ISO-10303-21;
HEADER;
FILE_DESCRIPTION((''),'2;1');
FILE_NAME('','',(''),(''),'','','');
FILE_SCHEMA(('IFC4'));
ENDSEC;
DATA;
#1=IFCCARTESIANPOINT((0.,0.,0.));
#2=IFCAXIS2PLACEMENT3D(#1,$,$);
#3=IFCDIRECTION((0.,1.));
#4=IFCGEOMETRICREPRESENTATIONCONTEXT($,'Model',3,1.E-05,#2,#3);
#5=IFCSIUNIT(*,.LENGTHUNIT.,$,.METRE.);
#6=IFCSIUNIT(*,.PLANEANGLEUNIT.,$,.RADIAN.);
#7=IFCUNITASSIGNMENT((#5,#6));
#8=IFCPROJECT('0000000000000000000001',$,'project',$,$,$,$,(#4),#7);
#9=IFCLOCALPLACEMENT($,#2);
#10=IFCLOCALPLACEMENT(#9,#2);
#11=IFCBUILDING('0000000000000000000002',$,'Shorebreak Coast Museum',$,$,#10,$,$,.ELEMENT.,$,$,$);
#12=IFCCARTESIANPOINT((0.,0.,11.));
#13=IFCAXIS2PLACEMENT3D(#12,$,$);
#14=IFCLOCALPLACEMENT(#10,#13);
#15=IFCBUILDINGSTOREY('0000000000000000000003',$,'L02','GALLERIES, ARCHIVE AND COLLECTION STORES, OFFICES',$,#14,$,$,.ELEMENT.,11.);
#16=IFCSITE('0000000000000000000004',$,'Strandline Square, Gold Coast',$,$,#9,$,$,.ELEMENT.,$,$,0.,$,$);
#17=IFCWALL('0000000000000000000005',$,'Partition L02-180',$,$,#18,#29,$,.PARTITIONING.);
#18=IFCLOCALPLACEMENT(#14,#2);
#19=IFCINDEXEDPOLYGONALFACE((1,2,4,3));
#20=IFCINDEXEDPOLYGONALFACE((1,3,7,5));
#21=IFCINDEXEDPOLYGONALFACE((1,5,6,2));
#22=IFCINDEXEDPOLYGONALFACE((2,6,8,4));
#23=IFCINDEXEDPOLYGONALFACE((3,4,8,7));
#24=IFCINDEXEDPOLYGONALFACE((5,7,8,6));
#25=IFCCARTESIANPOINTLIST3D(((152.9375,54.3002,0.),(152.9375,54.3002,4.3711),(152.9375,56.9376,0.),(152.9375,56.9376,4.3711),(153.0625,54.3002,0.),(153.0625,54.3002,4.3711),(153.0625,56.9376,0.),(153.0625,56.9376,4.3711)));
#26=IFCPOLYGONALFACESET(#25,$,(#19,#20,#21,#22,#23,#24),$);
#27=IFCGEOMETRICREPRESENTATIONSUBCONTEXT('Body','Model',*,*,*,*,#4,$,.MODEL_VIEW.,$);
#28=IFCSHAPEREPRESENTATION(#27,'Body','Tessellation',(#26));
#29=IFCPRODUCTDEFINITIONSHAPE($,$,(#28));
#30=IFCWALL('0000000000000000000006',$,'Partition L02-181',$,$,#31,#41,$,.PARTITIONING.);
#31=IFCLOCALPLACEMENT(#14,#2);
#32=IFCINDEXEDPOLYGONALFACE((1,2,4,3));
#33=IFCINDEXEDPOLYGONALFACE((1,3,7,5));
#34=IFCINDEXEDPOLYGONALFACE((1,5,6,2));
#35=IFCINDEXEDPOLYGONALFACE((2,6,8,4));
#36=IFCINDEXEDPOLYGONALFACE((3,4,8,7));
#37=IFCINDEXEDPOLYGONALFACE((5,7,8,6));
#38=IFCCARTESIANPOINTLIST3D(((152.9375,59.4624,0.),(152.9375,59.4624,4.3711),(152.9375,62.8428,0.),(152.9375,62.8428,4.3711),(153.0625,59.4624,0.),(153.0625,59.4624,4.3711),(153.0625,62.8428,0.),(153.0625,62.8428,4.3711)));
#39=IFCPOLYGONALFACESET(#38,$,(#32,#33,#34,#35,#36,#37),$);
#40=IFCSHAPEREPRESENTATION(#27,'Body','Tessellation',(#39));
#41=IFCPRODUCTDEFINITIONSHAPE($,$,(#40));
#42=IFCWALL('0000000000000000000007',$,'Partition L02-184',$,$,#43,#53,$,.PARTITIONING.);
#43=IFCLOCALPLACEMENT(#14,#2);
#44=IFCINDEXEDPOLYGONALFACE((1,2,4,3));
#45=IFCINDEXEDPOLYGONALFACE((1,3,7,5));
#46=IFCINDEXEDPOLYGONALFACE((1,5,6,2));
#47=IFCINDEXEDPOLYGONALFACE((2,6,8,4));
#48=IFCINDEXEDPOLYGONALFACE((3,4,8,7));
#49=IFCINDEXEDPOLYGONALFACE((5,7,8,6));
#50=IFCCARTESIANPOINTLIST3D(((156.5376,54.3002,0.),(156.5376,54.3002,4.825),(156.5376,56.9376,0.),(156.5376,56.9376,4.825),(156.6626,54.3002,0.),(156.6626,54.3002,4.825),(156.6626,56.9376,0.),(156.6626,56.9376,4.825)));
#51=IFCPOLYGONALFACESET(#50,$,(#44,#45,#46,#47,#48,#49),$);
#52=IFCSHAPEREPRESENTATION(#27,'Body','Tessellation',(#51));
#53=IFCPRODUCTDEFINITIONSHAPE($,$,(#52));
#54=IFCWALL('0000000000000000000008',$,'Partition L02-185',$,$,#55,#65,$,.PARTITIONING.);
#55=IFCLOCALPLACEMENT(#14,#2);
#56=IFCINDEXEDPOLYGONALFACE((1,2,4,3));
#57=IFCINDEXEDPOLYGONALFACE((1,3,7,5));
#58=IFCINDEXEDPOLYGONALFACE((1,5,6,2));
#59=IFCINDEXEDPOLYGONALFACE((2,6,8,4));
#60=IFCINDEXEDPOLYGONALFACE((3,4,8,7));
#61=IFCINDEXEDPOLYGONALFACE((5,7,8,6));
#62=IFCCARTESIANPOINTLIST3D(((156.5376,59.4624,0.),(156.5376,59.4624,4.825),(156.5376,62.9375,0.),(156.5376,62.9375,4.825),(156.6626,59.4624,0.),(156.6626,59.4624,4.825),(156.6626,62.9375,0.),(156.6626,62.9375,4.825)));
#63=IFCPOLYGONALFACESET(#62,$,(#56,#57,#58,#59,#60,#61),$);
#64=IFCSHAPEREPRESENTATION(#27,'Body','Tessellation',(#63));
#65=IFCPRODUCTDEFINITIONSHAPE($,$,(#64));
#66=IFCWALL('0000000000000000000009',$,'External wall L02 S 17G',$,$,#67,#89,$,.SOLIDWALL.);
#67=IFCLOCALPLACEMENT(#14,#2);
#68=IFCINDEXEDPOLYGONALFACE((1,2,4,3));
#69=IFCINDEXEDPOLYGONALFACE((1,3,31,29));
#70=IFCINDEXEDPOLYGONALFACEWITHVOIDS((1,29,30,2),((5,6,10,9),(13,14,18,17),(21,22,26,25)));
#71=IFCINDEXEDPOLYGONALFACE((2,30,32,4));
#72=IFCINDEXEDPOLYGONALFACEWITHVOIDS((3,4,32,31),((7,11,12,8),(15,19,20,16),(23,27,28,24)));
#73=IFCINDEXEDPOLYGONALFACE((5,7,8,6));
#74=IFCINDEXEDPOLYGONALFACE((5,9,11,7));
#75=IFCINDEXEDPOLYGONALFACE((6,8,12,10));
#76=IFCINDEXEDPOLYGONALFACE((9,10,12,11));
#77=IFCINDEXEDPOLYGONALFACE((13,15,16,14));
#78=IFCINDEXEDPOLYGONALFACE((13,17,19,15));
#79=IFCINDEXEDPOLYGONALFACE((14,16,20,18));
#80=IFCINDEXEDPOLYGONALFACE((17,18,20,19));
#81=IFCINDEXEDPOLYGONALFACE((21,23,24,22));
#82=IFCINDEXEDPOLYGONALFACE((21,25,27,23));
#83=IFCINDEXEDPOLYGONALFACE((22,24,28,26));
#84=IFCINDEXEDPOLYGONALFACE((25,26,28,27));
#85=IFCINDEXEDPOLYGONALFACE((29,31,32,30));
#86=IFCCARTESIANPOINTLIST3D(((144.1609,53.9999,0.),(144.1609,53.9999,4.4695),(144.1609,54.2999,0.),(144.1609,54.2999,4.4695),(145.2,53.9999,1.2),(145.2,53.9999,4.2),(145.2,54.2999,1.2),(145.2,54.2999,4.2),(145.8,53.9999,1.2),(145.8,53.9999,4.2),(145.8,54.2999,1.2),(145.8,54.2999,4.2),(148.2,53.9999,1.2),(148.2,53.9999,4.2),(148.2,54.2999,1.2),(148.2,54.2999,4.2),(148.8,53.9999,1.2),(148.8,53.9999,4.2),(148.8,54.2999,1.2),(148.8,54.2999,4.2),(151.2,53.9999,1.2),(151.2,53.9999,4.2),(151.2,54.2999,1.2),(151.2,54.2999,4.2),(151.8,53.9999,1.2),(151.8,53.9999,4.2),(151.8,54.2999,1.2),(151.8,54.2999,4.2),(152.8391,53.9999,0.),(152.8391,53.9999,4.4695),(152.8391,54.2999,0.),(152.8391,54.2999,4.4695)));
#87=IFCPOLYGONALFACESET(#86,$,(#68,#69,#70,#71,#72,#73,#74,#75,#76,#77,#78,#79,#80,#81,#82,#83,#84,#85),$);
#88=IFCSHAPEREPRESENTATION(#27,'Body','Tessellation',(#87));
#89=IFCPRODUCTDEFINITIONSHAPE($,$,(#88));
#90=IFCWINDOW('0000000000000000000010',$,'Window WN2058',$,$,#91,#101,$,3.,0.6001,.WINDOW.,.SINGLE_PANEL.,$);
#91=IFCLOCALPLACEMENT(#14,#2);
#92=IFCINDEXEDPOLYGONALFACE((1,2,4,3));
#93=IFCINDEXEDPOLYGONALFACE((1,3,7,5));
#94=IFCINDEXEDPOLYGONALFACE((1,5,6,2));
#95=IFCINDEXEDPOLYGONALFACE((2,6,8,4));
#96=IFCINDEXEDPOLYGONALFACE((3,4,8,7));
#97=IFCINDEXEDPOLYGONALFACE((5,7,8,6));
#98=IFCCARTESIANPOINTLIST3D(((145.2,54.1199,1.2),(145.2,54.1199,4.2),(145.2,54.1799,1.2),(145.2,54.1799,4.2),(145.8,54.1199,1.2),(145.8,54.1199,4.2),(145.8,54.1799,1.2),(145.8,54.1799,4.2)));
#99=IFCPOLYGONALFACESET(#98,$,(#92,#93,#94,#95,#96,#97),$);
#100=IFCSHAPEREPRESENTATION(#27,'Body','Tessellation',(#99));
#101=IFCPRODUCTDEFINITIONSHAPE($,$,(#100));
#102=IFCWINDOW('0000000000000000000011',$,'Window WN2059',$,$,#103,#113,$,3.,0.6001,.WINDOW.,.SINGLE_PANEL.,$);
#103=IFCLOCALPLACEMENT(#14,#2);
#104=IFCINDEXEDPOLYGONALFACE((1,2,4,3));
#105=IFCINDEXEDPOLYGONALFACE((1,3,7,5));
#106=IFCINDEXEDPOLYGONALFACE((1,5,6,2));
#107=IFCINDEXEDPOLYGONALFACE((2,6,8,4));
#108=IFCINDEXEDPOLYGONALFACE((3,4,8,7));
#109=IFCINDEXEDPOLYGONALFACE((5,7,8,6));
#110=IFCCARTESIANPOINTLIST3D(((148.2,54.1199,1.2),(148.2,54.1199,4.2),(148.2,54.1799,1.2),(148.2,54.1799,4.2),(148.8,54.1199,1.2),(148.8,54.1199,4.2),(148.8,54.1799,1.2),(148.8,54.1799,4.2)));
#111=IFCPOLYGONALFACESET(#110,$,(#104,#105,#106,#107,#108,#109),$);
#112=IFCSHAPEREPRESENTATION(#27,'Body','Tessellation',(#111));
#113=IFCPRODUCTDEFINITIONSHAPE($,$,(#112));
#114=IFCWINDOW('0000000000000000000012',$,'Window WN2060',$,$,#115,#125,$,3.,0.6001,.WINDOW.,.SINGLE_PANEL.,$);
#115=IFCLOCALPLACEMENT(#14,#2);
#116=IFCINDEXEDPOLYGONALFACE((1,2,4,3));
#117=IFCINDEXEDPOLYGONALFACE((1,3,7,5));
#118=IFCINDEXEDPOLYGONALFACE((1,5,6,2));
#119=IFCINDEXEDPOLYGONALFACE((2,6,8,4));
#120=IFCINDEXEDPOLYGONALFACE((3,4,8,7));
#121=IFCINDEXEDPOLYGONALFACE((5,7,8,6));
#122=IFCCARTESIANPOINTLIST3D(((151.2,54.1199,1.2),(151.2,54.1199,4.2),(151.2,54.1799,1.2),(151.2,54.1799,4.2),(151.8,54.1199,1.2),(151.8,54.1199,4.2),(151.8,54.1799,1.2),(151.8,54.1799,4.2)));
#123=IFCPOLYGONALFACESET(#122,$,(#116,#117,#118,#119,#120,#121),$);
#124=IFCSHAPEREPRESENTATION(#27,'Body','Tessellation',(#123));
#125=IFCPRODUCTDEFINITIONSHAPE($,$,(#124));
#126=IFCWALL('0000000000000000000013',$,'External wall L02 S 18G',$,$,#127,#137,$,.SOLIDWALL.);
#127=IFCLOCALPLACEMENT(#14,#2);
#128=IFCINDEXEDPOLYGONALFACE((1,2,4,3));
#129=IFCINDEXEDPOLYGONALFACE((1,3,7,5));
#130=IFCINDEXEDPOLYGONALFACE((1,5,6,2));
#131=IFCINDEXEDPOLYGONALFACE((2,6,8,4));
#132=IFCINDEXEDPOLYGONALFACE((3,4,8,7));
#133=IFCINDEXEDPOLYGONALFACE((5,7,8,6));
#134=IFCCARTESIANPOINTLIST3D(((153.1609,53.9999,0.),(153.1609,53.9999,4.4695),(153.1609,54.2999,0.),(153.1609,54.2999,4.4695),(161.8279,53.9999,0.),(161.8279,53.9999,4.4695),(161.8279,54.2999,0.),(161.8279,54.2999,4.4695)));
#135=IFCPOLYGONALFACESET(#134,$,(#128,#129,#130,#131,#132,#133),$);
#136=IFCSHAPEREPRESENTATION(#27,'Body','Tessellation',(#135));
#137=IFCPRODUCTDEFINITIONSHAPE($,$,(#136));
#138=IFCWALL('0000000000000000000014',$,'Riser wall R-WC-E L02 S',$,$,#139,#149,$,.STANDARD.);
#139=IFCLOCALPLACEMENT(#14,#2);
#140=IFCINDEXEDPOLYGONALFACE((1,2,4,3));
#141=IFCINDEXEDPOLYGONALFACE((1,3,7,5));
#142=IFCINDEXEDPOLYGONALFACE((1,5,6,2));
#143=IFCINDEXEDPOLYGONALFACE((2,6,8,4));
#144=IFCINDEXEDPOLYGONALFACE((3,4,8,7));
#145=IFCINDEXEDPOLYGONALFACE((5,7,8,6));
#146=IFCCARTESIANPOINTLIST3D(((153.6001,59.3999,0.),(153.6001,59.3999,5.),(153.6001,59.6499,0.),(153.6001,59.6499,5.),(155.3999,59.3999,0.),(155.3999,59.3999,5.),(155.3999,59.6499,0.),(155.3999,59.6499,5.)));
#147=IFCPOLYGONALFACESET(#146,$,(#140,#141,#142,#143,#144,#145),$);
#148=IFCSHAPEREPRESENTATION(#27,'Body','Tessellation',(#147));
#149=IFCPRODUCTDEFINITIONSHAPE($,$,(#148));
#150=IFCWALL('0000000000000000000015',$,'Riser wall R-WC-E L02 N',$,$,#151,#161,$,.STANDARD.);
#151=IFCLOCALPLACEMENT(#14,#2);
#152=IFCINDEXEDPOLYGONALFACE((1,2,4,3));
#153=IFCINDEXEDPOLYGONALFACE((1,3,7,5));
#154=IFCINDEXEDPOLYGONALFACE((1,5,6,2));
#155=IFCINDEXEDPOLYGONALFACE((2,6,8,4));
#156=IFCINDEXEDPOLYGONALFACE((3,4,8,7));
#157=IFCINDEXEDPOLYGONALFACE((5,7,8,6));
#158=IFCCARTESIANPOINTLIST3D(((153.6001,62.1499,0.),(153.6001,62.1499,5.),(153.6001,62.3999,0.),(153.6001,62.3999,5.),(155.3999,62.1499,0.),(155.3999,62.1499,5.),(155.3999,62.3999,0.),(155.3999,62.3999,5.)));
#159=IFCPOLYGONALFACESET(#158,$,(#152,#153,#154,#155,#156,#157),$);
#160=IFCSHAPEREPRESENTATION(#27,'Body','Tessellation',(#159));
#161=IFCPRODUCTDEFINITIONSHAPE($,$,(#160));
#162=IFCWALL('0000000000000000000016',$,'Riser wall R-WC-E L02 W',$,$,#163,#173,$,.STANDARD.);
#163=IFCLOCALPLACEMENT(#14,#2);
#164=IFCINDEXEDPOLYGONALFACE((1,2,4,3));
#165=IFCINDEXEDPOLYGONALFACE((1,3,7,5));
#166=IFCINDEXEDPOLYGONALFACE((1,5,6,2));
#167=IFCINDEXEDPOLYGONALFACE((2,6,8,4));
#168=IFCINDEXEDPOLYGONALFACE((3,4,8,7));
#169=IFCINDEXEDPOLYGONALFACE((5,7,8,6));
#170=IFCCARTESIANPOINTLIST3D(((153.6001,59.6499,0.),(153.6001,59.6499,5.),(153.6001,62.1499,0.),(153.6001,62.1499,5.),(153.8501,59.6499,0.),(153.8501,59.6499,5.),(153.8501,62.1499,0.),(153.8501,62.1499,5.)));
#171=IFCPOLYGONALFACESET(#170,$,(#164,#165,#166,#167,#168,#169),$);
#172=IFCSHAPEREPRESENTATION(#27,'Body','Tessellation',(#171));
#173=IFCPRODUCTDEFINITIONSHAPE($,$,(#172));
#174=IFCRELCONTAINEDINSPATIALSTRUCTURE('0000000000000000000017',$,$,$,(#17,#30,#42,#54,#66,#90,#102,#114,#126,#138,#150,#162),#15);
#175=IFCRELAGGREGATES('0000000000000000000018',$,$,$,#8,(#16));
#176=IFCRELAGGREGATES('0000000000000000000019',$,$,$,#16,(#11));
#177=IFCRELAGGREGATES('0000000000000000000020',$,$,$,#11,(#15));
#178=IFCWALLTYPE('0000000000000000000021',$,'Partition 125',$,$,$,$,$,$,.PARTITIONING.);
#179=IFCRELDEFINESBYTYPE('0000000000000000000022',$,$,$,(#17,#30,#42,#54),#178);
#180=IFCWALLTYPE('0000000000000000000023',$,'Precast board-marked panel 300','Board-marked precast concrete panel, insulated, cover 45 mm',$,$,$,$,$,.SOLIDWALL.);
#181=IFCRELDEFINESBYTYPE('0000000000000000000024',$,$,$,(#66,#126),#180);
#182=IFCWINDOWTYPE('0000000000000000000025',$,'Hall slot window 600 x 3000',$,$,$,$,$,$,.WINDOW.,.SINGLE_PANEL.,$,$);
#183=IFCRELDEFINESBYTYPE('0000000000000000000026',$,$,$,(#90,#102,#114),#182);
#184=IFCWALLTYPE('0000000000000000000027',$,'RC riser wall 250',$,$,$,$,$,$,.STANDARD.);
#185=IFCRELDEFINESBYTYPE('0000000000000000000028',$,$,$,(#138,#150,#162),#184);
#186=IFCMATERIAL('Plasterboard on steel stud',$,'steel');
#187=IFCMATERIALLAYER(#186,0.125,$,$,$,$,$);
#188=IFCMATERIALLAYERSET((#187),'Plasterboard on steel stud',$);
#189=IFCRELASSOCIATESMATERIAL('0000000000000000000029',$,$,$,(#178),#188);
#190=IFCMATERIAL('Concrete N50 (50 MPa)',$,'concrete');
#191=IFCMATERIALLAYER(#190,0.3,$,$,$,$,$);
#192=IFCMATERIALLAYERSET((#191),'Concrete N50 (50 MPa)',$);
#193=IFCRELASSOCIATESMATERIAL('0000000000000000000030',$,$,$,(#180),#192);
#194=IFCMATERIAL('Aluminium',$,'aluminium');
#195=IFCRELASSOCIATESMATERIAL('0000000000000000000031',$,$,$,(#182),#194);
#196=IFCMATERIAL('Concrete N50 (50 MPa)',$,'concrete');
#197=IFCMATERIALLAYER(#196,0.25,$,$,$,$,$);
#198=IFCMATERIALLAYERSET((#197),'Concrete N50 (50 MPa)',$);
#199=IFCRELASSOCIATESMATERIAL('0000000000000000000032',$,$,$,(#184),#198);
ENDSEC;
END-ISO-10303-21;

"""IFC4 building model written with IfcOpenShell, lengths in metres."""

from ifc_helpers import new_model, si_unit, direction, frame, frame_2d, origin, place, context, subcontext, project, spatial, rectangle, extrude, material, layer, layer_set, type_object, element, fill, save


model = new_model("IFC4")

# Units and contexts
model_context = context("Model", 3, precision=1e-05, world=origin(), true_north=direction((0.0, 1.0)))
body_context = subcontext(model_context, "Body", "Model", "MODEL_VIEW")
ifc_project = project(units=[si_unit("LENGTHUNIT", "METRE"), si_unit("PLANEANGLEUNIT", "RADIAN")], contexts=[model_context])

# Site, building, storey
site_placement = place(None, origin())
site = spatial("IfcSite", under=ifc_project, at=site_placement, Name="Strandline Square, Gold Coast", CompositionType="ELEMENT", RefElevation=0.0)
building_placement = place(site_placement, origin())
building = spatial("IfcBuilding", under=site, at=building_placement, Name="Shorebreak Coast Museum", CompositionType="ELEMENT")
storey_placement = place(building_placement, frame((0.0, 0.0, 11.0)))
storey = spatial("IfcBuildingStorey", under=building, at=storey_placement, Name="L02", Description="GALLERIES, ARCHIVE AND COLLECTION STORES, OFFICES", CompositionType="ELEMENT", Elevation=11.0)

# Shared definitions
ifc_material_1 = material(Name="Plasterboard on steel stud", Category="steel")
ifc_layer_1 = layer(ifc_material_1, 0.125)
ifc_layer_set_1 = layer_set([ifc_layer_1], Name="Plasterboard on steel stud")
wall_type_1 = type_object("IfcWallType", Name="Partition 125", PredefinedType="PARTITIONING", material=ifc_layer_set_1)

# Walls
wall_1_placement = place(storey_placement, frame((153.0, 54.3, 0.0), z_axis=(0.0, 0.0, 1.0), x_axis=(0.0, 1.0, 0.0)))
element("IfcWall", 1, at=wall_1_placement, inside=storey, type_object=wall_type_1, Name="Partition L02-180", PredefinedType="PARTITIONING", context=body_context, shape_type="SweptSolid", body=[
    extrude(rectangle(XDim=2.6375, YDim=0.125, at=frame_2d((1.3188, 0.0))), origin(), (0.0, 0.0, 1.0), 4.3711),
])
wall_2_placement = place(storey_placement, frame((153.0, 59.4624, 0.0), z_axis=(0.0, 0.0, 1.0), x_axis=(0.0, 1.0, 0.0)))
element("IfcWall", 2, at=wall_2_placement, inside=storey, type_object=wall_type_1, Name="Partition L02-181", PredefinedType="PARTITIONING", context=body_context, shape_type="SweptSolid", body=[
    extrude(rectangle(XDim=3.3804, YDim=0.125, at=frame_2d((1.6902, 0.0))), origin(), (0.0, 0.0, 1.0), 4.3711),
])
wall_3_placement = place(storey_placement, frame((156.6001, 54.3, 0.0), z_axis=(0.0, 0.0, 1.0), x_axis=(0.0, 1.0, 0.0)))
element("IfcWall", 3, at=wall_3_placement, inside=storey, type_object=wall_type_1, Name="Partition L02-184", PredefinedType="PARTITIONING", context=body_context, shape_type="SweptSolid", body=[
    extrude(rectangle(XDim=2.6375, YDim=0.125, at=frame_2d((1.3188, 0.0))), origin(), (0.0, 0.0, 1.0), 4.825),
])
wall_4_placement = place(storey_placement, frame((156.6001, 59.4624, 0.0), z_axis=(0.0, 0.0, 1.0), x_axis=(0.0, 1.0, 0.0)))
element("IfcWall", 4, at=wall_4_placement, inside=storey, type_object=wall_type_1, Name="Partition L02-185", PredefinedType="PARTITIONING", context=body_context, shape_type="SweptSolid", body=[
    extrude(rectangle(XDim=3.4751, YDim=0.125, at=frame_2d((1.7375, 0.0))), origin(), (0.0, 0.0, 1.0), 4.825),
])

# Wall, openings, windows
ifc_material_2 = material(Name="Concrete N50 (50 MPa)", Category="concrete")
ifc_layer_2 = layer(ifc_material_2, 0.3)
ifc_layer_set_2 = layer_set([ifc_layer_2], Name="Concrete N50 (50 MPa)")
wall_type_2 = type_object("IfcWallType", Name="Precast board-marked panel 300", Description="Board-marked precast concrete panel, insulated, cover 45 mm", PredefinedType="SOLIDWALL", material=ifc_layer_set_2)
wall_5_placement = place(storey_placement, frame((144.1609, 54.1499, 0.0), z_axis=(0.0, 0.0, 1.0), x_axis=(1.0, 0.0, 0.0)))
wall_5 = element("IfcWall", 5, at=wall_5_placement, inside=storey, type_object=wall_type_2, Name="External wall L02 S 17G", PredefinedType="SOLIDWALL", context=body_context, shape_type="SweptSolid", body=[
    extrude(rectangle(XDim=8.6782, YDim=0.3, at=frame_2d((4.3391, 0.0))), origin(), (0.0, 0.0, 1.0), 4.4695),
])
opening_1_placement = place(wall_5_placement, frame((1.0391, 0.0, 1.2)))
opening_1 = element("IfcOpeningElement", 6, at=opening_1_placement, cuts=wall_5, PredefinedType="OPENING", context=body_context, shape_type="SweptSolid", body=[
    extrude(rectangle(XDim=0.6001, YDim=3.0, at=frame_2d((0.3, 1.5))), frame((0.0, 0.1599, 0.0), z_axis=(0.0, -1.0, 0.0), x_axis=(1.0, 0.0, 0.0)), (0.0, 0.0, 1.0), 0.3201),
])
opening_2_placement = place(wall_5_placement, frame((4.0391, 0.0, 1.2)))
opening_2 = element("IfcOpeningElement", 7, at=opening_2_placement, cuts=wall_5, PredefinedType="OPENING", context=body_context, shape_type="SweptSolid", body=[
    extrude(rectangle(XDim=0.6001, YDim=3.0, at=frame_2d((0.3, 1.5))), frame((0.0, 0.1599, 0.0), z_axis=(0.0, -1.0, 0.0), x_axis=(1.0, 0.0, 0.0)), (0.0, 0.0, 1.0), 0.3201),
])
opening_3_placement = place(wall_5_placement, frame((7.0391, 0.0, 1.2)))
opening_3 = element("IfcOpeningElement", 8, at=opening_3_placement, cuts=wall_5, PredefinedType="OPENING", context=body_context, shape_type="SweptSolid", body=[
    extrude(rectangle(XDim=0.6001, YDim=3.0, at=frame_2d((0.3, 1.5))), frame((0.0, 0.1599, 0.0), z_axis=(0.0, -1.0, 0.0), x_axis=(1.0, 0.0, 0.0)), (0.0, 0.0, 1.0), 0.3201),
])
ifc_material_3 = material(Name="Aluminium", Category="aluminium")
window_type = type_object("IfcWindowType", Name="Hall slot window 600 x 3000", PartitioningType="SINGLE_PANEL", PredefinedType="WINDOW", material=ifc_material_3)
window_1_placement = place(opening_1_placement, origin())
window_1 = element("IfcWindow", 9, at=window_1_placement, inside=storey, type_object=window_type, Name="Window WN2058", OverallHeight=3.0, OverallWidth=0.6001, PartitioningType="SINGLE_PANEL", PredefinedType="WINDOW", context=body_context, shape_type="SweptSolid", body=[
    extrude(rectangle(XDim=0.6001, YDim=3.0, at=frame_2d((0.3, 1.5))), frame((0.0, 0.03, 0.0), z_axis=(0.0, -1.0, 0.0), x_axis=(1.0, 0.0, 0.0)), (0.0, 0.0, 1.0), 0.0601),
])
fill(opening_1, window_1)
window_2_placement = place(opening_2_placement, origin())
window_2 = element("IfcWindow", 10, at=window_2_placement, inside=storey, type_object=window_type, Name="Window WN2059", OverallHeight=3.0, OverallWidth=0.6001, PartitioningType="SINGLE_PANEL", PredefinedType="WINDOW", context=body_context, shape_type="SweptSolid", body=[
    extrude(rectangle(XDim=0.6001, YDim=3.0, at=frame_2d((0.3, 1.5))), frame((0.0, 0.03, 0.0), z_axis=(0.0, -1.0, 0.0), x_axis=(1.0, 0.0, 0.0)), (0.0, 0.0, 1.0), 0.0601),
])
fill(opening_2, window_2)
window_3_placement = place(opening_3_placement, origin())
window_3 = element("IfcWindow", 11, at=window_3_placement, inside=storey, type_object=window_type, Name="Window WN2060", OverallHeight=3.0, OverallWidth=0.6001, PartitioningType="SINGLE_PANEL", PredefinedType="WINDOW", context=body_context, shape_type="SweptSolid", body=[
    extrude(rectangle(XDim=0.6001, YDim=3.0, at=frame_2d((0.3, 1.5))), frame((0.0, 0.03, 0.0), z_axis=(0.0, -1.0, 0.0), x_axis=(1.0, 0.0, 0.0)), (0.0, 0.0, 1.0), 0.0601),
])
fill(opening_3, window_3)

# Walls
wall_6_placement = place(storey_placement, frame((153.1609, 54.1499, 0.0), z_axis=(0.0, 0.0, 1.0), x_axis=(1.0, 0.0, 0.0)))
element("IfcWall", 12, at=wall_6_placement, inside=storey, type_object=wall_type_2, Name="External wall L02 S 18G", PredefinedType="SOLIDWALL", context=body_context, shape_type="SweptSolid", body=[
    extrude(rectangle(XDim=8.667, YDim=0.3, at=frame_2d((4.3335, 0.0))), origin(), (0.0, 0.0, 1.0), 4.4695),
])
ifc_material_4 = material(Name="Concrete N50 (50 MPa)", Category="concrete")
ifc_layer_3 = layer(ifc_material_4, 0.25)
ifc_layer_set_3 = layer_set([ifc_layer_3], Name="Concrete N50 (50 MPa)")
wall_type_3 = type_object("IfcWallType", Name="RC riser wall 250", PredefinedType="STANDARD", material=ifc_layer_set_3)
for number, where, z_axis, x_axis, name in (
    (13, (153.6001, 59.5249, 0.0), (0.0, 0.0, 1.0), (1.0, 0.0, 0.0), "Riser wall R-WC-E L02 S"),
    (14, (153.6001, 62.2749, 0.0), (0.0, 0.0, 1.0), (1.0, 0.0, 0.0), "Riser wall R-WC-E L02 N"),
):
    element("IfcWall", number, at=place(storey_placement, frame(where, z_axis=z_axis, x_axis=x_axis)), inside=storey, type_object=wall_type_3, Name=name, PredefinedType="STANDARD", context=body_context, shape_type="SweptSolid", body=[
        extrude(rectangle(XDim=1.7998, YDim=0.25, at=frame_2d((0.8999, 0.0))), origin(), (0.0, 0.0, 1.0), 5.0),
    ])
wall_7_placement = place(storey_placement, frame((153.7251, 59.6499, 0.0), z_axis=(0.0, 0.0, 1.0), x_axis=(0.0, 1.0, 0.0)))
element("IfcWall", 15, at=wall_7_placement, inside=storey, type_object=wall_type_3, Name="Riser wall R-WC-E L02 W", PredefinedType="STANDARD", context=body_context, shape_type="SweptSolid", body=[
    extrude(rectangle(XDim=2.5, YDim=0.25, at=frame_2d((1.25, 0.0))), origin(), (0.0, 0.0, 1.0), 5.0),
])

save(model, "model.ifc")
